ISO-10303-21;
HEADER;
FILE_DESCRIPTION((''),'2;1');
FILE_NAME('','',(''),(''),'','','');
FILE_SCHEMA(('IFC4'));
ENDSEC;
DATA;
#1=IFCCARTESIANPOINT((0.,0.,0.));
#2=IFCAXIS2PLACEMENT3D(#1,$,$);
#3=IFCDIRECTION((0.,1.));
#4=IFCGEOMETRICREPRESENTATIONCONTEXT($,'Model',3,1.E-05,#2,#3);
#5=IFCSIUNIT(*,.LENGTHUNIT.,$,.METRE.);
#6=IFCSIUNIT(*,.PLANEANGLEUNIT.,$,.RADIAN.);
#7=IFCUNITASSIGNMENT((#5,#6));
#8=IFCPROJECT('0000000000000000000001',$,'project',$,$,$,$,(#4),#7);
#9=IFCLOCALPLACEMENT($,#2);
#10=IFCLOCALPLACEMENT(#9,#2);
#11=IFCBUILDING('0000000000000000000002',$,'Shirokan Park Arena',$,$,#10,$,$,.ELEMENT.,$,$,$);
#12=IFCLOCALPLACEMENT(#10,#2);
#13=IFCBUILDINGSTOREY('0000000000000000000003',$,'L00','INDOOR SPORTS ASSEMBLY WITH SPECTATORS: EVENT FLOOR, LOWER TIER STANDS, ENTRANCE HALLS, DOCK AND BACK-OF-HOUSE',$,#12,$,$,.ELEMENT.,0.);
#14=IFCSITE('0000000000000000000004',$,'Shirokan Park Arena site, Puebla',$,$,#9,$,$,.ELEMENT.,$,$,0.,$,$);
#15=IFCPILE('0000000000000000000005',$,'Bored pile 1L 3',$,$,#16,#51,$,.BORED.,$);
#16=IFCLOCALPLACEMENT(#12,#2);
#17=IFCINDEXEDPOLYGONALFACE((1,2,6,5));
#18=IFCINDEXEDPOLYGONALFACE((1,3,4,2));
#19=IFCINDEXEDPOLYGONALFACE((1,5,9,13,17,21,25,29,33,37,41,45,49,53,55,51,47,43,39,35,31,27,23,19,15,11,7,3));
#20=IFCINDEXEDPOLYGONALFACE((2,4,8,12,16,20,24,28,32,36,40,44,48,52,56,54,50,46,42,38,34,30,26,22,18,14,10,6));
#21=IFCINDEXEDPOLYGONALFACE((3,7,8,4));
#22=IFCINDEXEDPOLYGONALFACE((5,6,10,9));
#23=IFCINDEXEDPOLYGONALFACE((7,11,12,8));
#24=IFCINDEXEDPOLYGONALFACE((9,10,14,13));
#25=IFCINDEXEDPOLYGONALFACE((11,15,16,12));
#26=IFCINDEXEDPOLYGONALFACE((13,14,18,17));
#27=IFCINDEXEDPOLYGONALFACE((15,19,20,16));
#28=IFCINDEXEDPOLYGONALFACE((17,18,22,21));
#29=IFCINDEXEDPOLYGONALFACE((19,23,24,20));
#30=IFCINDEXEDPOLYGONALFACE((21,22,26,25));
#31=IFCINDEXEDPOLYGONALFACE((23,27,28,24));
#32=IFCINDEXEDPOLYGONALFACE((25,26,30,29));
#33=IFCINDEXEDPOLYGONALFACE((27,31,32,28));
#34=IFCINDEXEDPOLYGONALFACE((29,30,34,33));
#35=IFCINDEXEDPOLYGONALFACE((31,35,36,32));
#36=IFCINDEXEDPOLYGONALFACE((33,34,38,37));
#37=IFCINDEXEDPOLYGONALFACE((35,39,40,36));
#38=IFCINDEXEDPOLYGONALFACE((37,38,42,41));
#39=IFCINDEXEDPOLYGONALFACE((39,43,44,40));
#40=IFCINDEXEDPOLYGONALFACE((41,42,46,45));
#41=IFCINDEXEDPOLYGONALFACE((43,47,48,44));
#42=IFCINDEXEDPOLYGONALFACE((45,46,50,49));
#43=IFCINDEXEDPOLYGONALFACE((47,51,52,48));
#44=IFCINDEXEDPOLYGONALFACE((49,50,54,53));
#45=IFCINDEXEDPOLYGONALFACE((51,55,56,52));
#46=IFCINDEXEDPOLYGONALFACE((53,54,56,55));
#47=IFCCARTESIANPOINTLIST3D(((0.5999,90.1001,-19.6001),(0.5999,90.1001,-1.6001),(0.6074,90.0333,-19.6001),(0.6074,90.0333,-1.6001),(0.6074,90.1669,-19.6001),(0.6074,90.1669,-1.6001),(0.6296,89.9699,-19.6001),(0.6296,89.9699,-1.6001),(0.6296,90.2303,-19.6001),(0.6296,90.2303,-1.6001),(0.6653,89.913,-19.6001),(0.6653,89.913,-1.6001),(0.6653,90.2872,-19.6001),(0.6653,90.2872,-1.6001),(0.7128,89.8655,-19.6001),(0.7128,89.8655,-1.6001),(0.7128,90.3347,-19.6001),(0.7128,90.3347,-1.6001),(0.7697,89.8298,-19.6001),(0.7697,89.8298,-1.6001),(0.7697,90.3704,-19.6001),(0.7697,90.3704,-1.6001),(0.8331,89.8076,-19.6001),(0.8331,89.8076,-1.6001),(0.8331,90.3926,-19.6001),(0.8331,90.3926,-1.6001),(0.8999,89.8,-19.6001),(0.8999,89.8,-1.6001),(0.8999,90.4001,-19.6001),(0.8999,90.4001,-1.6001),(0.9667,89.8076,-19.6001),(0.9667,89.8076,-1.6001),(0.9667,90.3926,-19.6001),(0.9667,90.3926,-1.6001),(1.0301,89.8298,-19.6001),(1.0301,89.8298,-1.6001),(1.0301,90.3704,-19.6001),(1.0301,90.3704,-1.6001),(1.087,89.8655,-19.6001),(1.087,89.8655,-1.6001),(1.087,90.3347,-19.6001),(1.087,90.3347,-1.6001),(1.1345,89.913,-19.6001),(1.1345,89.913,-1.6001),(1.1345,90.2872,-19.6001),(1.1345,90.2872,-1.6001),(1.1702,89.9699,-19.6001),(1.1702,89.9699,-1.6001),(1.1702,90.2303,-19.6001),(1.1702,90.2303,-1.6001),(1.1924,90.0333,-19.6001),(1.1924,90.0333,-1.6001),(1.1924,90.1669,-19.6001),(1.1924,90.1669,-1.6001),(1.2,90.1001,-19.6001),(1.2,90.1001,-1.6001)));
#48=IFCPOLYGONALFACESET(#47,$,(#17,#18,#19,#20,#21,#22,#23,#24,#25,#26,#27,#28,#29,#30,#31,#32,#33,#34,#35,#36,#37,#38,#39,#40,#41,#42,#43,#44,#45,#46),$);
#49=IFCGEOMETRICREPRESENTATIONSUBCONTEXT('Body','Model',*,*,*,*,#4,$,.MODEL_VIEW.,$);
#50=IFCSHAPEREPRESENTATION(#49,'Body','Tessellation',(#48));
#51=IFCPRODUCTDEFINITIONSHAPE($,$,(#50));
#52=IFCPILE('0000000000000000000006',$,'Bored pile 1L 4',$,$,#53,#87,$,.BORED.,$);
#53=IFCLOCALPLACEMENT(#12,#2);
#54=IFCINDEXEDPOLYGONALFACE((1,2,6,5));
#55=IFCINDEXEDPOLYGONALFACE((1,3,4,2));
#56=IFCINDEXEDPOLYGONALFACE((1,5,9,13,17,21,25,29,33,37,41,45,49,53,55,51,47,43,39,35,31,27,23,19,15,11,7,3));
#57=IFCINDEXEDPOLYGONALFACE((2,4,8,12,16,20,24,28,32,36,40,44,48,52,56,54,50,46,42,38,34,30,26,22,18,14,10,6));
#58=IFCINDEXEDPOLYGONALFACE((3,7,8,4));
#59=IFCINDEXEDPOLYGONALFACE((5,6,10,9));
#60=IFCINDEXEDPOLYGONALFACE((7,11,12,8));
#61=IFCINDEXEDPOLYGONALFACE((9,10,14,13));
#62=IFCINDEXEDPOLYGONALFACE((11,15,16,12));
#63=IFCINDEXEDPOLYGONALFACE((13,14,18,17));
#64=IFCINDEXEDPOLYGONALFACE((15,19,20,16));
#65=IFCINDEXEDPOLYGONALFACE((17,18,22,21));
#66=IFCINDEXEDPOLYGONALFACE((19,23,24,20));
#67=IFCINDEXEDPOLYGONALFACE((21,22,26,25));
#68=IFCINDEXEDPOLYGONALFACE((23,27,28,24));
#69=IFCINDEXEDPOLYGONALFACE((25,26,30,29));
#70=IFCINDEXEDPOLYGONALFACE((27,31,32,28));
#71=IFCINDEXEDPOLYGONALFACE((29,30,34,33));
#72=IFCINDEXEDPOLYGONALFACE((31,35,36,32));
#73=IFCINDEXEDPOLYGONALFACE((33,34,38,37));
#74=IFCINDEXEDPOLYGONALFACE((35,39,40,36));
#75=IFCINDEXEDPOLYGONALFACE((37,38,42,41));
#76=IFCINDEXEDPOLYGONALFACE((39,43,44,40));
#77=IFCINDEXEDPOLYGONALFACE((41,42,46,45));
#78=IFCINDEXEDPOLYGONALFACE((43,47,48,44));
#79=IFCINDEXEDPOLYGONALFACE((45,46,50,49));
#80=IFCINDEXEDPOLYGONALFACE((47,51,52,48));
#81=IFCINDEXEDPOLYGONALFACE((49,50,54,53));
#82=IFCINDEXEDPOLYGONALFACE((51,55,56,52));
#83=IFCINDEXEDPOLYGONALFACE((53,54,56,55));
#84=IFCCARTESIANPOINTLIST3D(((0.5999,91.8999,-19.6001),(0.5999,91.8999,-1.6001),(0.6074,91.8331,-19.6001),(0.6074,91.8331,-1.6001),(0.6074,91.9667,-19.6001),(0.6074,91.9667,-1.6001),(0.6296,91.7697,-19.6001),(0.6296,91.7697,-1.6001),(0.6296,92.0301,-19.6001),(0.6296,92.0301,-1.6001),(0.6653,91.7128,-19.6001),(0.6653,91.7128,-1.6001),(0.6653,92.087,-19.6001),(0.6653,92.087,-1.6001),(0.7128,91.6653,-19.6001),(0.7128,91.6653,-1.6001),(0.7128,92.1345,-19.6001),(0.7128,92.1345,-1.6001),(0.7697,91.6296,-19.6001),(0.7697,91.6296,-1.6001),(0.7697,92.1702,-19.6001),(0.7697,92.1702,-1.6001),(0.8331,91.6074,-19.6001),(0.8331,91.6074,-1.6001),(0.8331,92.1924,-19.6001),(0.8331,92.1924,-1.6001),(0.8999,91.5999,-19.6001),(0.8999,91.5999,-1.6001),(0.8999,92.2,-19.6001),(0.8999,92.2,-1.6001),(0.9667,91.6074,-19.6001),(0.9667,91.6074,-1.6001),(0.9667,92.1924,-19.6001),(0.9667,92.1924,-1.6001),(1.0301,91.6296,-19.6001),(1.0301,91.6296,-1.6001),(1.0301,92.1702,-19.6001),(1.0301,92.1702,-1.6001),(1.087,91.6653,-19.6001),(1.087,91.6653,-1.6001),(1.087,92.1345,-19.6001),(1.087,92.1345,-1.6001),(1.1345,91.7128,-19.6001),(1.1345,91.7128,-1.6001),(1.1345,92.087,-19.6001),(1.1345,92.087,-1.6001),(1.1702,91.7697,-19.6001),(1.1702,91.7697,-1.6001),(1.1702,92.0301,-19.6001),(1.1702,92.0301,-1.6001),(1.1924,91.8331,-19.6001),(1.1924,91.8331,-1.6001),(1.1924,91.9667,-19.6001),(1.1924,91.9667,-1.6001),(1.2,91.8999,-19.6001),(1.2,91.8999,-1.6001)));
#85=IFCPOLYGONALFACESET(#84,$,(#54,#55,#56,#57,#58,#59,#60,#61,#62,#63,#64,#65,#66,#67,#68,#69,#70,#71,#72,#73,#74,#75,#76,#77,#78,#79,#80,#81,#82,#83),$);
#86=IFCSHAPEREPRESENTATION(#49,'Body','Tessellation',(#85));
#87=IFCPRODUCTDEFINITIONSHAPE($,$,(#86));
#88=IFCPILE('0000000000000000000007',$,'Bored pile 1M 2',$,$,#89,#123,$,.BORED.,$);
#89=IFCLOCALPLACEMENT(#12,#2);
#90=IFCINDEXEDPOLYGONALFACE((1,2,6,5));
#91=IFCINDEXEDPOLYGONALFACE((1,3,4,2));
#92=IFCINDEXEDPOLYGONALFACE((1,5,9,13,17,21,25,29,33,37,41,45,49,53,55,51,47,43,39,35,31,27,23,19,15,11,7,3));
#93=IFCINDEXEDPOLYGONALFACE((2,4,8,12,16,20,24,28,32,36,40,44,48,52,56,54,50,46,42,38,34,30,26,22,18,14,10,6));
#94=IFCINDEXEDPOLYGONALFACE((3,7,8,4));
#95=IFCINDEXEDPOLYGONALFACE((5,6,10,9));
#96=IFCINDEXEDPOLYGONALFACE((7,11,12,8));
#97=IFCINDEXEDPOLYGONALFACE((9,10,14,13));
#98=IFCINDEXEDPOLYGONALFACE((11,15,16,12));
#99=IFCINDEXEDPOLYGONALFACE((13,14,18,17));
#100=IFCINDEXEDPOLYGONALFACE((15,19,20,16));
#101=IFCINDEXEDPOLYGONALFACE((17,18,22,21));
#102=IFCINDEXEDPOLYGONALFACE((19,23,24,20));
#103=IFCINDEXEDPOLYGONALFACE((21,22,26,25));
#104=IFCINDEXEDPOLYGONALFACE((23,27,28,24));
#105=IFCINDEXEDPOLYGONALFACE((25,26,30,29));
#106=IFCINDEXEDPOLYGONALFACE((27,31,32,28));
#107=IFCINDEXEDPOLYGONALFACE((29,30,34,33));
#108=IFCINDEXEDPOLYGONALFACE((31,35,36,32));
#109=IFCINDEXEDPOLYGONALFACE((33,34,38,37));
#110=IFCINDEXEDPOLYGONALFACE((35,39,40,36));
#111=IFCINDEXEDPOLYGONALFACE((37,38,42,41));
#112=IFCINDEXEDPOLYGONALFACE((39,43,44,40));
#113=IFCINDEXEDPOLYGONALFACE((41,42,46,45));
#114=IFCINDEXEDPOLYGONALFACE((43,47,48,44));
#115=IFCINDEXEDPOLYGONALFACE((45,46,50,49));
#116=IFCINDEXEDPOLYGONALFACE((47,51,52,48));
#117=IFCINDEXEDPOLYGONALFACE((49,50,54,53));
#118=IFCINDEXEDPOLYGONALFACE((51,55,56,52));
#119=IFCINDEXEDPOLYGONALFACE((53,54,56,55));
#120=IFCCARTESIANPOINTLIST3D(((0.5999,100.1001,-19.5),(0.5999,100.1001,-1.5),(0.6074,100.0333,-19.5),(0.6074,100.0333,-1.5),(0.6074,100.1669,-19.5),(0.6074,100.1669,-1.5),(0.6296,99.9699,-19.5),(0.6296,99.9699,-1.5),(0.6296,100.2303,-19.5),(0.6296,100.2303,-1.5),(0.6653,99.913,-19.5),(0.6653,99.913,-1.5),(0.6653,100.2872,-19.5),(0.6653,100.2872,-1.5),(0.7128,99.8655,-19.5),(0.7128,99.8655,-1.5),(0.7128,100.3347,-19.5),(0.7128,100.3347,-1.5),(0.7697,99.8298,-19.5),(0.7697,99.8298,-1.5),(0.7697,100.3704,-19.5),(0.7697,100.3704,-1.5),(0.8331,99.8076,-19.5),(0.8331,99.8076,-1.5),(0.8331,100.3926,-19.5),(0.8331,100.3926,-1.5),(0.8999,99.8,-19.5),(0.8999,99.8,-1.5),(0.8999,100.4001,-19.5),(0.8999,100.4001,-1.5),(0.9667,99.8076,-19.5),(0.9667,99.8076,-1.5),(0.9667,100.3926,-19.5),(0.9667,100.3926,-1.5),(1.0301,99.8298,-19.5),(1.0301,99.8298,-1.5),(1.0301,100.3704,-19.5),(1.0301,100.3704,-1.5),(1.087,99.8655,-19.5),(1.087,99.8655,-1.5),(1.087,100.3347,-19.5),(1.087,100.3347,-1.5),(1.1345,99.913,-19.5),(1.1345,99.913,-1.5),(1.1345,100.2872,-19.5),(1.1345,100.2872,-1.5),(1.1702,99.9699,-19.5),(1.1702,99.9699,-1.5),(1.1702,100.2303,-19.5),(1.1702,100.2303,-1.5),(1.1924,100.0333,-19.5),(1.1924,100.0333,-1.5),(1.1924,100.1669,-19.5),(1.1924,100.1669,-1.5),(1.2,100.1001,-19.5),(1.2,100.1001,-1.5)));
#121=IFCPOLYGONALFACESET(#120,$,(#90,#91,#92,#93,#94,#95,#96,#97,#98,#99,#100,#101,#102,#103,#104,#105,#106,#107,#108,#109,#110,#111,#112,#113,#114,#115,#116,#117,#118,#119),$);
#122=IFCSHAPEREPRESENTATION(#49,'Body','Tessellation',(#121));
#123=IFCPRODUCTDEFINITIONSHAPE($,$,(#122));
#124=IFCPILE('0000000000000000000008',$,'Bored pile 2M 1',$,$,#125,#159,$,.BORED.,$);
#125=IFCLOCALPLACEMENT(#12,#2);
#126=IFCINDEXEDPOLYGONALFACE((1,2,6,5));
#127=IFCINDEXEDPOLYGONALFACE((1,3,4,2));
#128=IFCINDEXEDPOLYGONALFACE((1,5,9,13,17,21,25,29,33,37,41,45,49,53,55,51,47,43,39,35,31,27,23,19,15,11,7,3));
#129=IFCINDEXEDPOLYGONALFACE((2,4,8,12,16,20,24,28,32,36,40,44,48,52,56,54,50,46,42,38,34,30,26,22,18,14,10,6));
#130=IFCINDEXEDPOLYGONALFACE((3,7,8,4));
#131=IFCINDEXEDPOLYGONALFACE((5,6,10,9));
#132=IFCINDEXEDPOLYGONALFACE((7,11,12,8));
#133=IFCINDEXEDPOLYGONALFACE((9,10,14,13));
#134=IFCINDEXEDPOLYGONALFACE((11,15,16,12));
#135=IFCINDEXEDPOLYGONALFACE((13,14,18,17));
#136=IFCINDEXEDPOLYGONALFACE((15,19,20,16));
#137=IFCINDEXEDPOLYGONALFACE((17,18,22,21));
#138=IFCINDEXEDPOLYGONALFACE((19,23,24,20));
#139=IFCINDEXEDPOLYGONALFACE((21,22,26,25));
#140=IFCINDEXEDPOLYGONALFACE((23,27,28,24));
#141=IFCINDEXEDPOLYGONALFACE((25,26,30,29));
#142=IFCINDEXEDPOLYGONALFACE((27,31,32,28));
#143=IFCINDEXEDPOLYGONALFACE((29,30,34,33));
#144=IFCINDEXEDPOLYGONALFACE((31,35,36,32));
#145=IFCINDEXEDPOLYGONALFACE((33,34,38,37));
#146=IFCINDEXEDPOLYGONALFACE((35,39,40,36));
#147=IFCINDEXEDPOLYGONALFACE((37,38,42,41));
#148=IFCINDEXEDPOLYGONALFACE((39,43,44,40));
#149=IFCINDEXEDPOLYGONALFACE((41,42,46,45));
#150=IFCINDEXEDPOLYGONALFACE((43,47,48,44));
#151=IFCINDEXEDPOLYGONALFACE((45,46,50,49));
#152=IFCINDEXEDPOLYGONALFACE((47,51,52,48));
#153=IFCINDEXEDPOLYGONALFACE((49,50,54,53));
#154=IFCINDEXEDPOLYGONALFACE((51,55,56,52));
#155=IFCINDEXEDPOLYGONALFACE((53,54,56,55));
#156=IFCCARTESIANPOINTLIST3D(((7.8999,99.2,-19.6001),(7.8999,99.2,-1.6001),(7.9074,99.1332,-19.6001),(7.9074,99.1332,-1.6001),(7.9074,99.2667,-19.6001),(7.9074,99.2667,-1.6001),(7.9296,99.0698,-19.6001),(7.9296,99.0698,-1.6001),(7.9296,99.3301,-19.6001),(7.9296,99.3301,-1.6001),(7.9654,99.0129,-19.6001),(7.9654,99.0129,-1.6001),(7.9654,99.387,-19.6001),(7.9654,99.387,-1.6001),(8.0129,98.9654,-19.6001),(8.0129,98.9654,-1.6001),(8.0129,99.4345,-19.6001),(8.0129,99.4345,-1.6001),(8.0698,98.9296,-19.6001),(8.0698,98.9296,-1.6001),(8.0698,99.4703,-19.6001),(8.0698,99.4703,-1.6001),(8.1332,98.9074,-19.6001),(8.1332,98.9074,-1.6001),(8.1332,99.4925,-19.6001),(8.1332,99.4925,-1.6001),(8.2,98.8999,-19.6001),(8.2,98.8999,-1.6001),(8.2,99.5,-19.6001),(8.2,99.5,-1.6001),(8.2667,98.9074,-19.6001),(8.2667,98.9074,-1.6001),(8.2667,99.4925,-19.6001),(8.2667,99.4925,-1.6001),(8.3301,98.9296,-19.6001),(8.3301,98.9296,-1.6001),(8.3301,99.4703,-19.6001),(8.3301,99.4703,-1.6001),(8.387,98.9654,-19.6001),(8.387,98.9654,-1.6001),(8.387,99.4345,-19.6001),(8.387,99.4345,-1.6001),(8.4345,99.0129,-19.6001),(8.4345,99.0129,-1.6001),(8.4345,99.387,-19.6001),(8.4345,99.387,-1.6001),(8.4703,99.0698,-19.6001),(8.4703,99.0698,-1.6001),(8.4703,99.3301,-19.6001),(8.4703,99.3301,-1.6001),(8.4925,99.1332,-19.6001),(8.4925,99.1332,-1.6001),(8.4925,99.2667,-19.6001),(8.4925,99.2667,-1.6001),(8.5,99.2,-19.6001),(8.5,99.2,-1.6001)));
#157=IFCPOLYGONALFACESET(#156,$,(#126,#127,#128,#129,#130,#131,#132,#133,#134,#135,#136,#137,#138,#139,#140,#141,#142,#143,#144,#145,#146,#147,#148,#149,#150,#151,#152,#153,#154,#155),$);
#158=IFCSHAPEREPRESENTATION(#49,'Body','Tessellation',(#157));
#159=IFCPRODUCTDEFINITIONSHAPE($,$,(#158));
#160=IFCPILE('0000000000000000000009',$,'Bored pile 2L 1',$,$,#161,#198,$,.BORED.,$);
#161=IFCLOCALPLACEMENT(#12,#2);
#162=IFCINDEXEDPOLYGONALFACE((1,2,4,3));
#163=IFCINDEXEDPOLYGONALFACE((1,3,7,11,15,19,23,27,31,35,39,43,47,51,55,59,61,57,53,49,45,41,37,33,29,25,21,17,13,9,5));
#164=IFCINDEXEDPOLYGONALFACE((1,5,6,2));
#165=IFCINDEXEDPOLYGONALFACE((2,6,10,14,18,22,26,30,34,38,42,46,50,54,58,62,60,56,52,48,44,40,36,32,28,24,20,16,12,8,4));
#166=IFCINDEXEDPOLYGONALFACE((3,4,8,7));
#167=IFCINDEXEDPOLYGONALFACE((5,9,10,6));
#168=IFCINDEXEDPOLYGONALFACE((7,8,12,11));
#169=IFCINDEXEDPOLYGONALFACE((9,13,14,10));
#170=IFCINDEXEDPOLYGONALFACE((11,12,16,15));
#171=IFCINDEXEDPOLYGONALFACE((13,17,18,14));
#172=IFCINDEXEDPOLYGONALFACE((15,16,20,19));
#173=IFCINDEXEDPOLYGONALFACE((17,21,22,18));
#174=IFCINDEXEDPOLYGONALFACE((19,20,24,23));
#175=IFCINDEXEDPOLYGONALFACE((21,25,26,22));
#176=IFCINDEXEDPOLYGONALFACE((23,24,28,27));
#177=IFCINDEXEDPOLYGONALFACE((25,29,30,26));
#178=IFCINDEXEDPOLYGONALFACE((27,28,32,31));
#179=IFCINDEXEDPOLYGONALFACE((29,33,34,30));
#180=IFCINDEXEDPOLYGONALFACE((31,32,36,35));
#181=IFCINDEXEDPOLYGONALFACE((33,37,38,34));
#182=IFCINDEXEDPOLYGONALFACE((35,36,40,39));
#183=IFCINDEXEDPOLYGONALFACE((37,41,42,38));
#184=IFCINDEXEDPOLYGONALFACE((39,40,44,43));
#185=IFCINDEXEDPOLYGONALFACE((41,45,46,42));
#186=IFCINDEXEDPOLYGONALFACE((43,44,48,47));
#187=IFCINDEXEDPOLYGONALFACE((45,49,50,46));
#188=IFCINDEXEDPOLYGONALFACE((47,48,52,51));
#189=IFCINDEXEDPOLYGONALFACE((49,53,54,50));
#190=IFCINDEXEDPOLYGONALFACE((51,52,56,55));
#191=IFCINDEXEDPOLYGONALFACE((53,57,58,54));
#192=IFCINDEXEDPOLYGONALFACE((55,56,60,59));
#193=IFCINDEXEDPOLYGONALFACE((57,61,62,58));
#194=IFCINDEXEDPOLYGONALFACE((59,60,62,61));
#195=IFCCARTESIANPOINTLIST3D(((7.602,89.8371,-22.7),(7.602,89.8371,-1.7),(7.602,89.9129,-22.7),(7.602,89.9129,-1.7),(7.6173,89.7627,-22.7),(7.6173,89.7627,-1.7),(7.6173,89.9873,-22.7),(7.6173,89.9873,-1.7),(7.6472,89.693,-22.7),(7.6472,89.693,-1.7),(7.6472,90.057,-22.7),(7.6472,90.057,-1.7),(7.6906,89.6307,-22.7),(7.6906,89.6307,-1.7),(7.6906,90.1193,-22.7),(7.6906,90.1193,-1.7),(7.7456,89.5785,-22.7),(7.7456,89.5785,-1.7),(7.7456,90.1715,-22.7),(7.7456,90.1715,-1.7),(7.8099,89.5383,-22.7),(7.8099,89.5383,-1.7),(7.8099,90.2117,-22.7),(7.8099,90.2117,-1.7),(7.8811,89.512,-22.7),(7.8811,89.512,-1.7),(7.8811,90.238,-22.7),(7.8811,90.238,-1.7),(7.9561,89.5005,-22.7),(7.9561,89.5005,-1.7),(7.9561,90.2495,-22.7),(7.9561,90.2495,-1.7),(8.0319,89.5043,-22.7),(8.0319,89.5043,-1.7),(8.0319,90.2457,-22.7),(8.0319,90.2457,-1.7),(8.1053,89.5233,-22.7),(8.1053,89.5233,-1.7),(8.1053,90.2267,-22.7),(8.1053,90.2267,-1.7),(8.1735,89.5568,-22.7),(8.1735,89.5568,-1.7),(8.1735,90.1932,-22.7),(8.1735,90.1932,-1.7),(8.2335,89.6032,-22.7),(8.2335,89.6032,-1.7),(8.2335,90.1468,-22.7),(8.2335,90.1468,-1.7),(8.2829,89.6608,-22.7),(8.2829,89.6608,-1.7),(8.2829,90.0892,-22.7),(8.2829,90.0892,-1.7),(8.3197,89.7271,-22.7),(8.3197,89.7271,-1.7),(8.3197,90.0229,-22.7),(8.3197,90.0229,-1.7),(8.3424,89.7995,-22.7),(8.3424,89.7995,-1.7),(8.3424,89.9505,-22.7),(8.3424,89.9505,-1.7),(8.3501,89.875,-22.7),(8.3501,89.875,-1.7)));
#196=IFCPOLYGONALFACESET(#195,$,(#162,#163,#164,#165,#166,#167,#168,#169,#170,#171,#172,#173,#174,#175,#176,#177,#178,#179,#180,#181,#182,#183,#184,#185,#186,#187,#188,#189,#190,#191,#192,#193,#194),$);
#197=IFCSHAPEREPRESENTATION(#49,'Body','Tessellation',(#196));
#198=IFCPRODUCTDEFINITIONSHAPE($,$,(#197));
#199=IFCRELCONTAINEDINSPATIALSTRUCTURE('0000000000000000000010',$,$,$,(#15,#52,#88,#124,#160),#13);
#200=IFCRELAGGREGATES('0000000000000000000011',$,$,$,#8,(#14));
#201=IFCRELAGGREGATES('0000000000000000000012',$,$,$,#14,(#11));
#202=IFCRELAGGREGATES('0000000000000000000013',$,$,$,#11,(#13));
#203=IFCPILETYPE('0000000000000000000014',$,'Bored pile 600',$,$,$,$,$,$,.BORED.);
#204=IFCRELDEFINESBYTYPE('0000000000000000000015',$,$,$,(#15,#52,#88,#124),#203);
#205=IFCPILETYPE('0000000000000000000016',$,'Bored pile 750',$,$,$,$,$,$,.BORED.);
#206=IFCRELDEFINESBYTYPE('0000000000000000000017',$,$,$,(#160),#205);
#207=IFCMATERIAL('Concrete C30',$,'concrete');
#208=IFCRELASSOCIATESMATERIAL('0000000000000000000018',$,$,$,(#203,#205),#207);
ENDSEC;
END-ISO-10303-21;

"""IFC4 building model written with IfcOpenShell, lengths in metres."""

from ifc_helpers import new_model, si_unit, direction, frame, origin, origin_2d, place, context, subcontext, project, spatial, circle, extrude, material, material_profile, profile_set, type_object, element, save


model = new_model("IFC4")

# Units and contexts
model_context = context("Model", 3, precision=1e-05, world=origin(), true_north=direction((0.0, 1.0)))
body_context = subcontext(model_context, "Body", "Model", "MODEL_VIEW")
ifc_project = project(units=[si_unit("LENGTHUNIT", "METRE"), si_unit("PLANEANGLEUNIT", "RADIAN")], contexts=[model_context])

# Site, building, storey
site_placement = place(None, origin())
site = spatial("IfcSite", under=ifc_project, at=site_placement, Name="Shirokan Park Arena site, Puebla", CompositionType="ELEMENT", RefElevation=0.0)
building_placement = place(site_placement, origin())
building = spatial("IfcBuilding", under=site, at=building_placement, Name="Shirokan Park Arena", CompositionType="ELEMENT")
storey_placement = place(building_placement, origin())
storey = spatial("IfcBuildingStorey", under=building, at=storey_placement, Name="L00", Description="INDOOR SPORTS ASSEMBLY WITH SPECTATORS: EVENT FLOOR, LOWER TIER STANDS, ENTRANCE HALLS, DOCK AND BACK-OF-HOUSE", CompositionType="ELEMENT", Elevation=0.0)

# Piles
ifc_material_1 = material(Name="Concrete C30", Category="concrete")
ifc_material_profile_1 = material_profile(ifc_material_1, circle(Radius=0.3, at=origin_2d()), Name="D600")
ifc_profile_set_1 = profile_set([ifc_material_profile_1], Name="Concrete C30")
pile_type_1 = type_object("IfcPileType", Name="Bored pile 600", PredefinedType="BORED", material=ifc_profile_set_1)
for number, where, z_axis, x_axis, name in (
    (1, (0.8999, 90.1001, -1.6001), (0.0, 0.0, -1.0), (1.0, 0.0, 0.0), "Bored pile 1L 3"),
    (2, (0.8999, 91.8999, -1.6001), (0.0, 0.0, -1.0), (1.0, 0.0, 0.0), "Bored pile 1L 4"),
    (3, (0.8999, 100.1001, -1.5), (0.0, 0.0, -1.0), (1.0, 0.0, 0.0), "Bored pile 1M 2"),
    (4, (8.2, 99.2, -1.6001), (0.0, 0.0, -1.0), (1.0, 0.0, 0.0), "Bored pile 2M 1"),
):
    element("IfcPile", number, at=place(storey_placement, frame(where, z_axis=z_axis, x_axis=x_axis)), inside=storey, type_object=pile_type_1, Name=name, PredefinedType="BORED", context=body_context, shape_type="SweptSolid", body=[
        extrude(circle(Radius=0.3, at=origin_2d()), origin(), (0.0, 0.0, 1.0), 18.0),
    ])
ifc_material_profile_2 = material_profile(ifc_material_1, circle(Radius=0.375, at=origin_2d()), Name="D750")
ifc_profile_set_2 = profile_set([ifc_material_profile_2], Name="Concrete C30")
pile_type_2 = type_object("IfcPileType", Name="Bored pile 750", PredefinedType="BORED", material=ifc_profile_set_2)
for number, where, z_axis, x_axis, name in (
    (5, (7.9751, 89.875, -1.7), (0.0, 0.0, -1.0), (1.0, 0.0, 0.0), "Bored pile 2L 1"),
):
    element("IfcPile", number, at=place(storey_placement, frame(where, z_axis=z_axis, x_axis=x_axis)), inside=storey, type_object=pile_type_2, Name=name, PredefinedType="BORED", context=body_context, shape_type="SweptSolid", body=[
        extrude(circle(Radius=0.375, at=origin_2d()), origin(), (0.0, 0.0, 1.0), 21.0),
    ])

save(model, "model.ifc")
